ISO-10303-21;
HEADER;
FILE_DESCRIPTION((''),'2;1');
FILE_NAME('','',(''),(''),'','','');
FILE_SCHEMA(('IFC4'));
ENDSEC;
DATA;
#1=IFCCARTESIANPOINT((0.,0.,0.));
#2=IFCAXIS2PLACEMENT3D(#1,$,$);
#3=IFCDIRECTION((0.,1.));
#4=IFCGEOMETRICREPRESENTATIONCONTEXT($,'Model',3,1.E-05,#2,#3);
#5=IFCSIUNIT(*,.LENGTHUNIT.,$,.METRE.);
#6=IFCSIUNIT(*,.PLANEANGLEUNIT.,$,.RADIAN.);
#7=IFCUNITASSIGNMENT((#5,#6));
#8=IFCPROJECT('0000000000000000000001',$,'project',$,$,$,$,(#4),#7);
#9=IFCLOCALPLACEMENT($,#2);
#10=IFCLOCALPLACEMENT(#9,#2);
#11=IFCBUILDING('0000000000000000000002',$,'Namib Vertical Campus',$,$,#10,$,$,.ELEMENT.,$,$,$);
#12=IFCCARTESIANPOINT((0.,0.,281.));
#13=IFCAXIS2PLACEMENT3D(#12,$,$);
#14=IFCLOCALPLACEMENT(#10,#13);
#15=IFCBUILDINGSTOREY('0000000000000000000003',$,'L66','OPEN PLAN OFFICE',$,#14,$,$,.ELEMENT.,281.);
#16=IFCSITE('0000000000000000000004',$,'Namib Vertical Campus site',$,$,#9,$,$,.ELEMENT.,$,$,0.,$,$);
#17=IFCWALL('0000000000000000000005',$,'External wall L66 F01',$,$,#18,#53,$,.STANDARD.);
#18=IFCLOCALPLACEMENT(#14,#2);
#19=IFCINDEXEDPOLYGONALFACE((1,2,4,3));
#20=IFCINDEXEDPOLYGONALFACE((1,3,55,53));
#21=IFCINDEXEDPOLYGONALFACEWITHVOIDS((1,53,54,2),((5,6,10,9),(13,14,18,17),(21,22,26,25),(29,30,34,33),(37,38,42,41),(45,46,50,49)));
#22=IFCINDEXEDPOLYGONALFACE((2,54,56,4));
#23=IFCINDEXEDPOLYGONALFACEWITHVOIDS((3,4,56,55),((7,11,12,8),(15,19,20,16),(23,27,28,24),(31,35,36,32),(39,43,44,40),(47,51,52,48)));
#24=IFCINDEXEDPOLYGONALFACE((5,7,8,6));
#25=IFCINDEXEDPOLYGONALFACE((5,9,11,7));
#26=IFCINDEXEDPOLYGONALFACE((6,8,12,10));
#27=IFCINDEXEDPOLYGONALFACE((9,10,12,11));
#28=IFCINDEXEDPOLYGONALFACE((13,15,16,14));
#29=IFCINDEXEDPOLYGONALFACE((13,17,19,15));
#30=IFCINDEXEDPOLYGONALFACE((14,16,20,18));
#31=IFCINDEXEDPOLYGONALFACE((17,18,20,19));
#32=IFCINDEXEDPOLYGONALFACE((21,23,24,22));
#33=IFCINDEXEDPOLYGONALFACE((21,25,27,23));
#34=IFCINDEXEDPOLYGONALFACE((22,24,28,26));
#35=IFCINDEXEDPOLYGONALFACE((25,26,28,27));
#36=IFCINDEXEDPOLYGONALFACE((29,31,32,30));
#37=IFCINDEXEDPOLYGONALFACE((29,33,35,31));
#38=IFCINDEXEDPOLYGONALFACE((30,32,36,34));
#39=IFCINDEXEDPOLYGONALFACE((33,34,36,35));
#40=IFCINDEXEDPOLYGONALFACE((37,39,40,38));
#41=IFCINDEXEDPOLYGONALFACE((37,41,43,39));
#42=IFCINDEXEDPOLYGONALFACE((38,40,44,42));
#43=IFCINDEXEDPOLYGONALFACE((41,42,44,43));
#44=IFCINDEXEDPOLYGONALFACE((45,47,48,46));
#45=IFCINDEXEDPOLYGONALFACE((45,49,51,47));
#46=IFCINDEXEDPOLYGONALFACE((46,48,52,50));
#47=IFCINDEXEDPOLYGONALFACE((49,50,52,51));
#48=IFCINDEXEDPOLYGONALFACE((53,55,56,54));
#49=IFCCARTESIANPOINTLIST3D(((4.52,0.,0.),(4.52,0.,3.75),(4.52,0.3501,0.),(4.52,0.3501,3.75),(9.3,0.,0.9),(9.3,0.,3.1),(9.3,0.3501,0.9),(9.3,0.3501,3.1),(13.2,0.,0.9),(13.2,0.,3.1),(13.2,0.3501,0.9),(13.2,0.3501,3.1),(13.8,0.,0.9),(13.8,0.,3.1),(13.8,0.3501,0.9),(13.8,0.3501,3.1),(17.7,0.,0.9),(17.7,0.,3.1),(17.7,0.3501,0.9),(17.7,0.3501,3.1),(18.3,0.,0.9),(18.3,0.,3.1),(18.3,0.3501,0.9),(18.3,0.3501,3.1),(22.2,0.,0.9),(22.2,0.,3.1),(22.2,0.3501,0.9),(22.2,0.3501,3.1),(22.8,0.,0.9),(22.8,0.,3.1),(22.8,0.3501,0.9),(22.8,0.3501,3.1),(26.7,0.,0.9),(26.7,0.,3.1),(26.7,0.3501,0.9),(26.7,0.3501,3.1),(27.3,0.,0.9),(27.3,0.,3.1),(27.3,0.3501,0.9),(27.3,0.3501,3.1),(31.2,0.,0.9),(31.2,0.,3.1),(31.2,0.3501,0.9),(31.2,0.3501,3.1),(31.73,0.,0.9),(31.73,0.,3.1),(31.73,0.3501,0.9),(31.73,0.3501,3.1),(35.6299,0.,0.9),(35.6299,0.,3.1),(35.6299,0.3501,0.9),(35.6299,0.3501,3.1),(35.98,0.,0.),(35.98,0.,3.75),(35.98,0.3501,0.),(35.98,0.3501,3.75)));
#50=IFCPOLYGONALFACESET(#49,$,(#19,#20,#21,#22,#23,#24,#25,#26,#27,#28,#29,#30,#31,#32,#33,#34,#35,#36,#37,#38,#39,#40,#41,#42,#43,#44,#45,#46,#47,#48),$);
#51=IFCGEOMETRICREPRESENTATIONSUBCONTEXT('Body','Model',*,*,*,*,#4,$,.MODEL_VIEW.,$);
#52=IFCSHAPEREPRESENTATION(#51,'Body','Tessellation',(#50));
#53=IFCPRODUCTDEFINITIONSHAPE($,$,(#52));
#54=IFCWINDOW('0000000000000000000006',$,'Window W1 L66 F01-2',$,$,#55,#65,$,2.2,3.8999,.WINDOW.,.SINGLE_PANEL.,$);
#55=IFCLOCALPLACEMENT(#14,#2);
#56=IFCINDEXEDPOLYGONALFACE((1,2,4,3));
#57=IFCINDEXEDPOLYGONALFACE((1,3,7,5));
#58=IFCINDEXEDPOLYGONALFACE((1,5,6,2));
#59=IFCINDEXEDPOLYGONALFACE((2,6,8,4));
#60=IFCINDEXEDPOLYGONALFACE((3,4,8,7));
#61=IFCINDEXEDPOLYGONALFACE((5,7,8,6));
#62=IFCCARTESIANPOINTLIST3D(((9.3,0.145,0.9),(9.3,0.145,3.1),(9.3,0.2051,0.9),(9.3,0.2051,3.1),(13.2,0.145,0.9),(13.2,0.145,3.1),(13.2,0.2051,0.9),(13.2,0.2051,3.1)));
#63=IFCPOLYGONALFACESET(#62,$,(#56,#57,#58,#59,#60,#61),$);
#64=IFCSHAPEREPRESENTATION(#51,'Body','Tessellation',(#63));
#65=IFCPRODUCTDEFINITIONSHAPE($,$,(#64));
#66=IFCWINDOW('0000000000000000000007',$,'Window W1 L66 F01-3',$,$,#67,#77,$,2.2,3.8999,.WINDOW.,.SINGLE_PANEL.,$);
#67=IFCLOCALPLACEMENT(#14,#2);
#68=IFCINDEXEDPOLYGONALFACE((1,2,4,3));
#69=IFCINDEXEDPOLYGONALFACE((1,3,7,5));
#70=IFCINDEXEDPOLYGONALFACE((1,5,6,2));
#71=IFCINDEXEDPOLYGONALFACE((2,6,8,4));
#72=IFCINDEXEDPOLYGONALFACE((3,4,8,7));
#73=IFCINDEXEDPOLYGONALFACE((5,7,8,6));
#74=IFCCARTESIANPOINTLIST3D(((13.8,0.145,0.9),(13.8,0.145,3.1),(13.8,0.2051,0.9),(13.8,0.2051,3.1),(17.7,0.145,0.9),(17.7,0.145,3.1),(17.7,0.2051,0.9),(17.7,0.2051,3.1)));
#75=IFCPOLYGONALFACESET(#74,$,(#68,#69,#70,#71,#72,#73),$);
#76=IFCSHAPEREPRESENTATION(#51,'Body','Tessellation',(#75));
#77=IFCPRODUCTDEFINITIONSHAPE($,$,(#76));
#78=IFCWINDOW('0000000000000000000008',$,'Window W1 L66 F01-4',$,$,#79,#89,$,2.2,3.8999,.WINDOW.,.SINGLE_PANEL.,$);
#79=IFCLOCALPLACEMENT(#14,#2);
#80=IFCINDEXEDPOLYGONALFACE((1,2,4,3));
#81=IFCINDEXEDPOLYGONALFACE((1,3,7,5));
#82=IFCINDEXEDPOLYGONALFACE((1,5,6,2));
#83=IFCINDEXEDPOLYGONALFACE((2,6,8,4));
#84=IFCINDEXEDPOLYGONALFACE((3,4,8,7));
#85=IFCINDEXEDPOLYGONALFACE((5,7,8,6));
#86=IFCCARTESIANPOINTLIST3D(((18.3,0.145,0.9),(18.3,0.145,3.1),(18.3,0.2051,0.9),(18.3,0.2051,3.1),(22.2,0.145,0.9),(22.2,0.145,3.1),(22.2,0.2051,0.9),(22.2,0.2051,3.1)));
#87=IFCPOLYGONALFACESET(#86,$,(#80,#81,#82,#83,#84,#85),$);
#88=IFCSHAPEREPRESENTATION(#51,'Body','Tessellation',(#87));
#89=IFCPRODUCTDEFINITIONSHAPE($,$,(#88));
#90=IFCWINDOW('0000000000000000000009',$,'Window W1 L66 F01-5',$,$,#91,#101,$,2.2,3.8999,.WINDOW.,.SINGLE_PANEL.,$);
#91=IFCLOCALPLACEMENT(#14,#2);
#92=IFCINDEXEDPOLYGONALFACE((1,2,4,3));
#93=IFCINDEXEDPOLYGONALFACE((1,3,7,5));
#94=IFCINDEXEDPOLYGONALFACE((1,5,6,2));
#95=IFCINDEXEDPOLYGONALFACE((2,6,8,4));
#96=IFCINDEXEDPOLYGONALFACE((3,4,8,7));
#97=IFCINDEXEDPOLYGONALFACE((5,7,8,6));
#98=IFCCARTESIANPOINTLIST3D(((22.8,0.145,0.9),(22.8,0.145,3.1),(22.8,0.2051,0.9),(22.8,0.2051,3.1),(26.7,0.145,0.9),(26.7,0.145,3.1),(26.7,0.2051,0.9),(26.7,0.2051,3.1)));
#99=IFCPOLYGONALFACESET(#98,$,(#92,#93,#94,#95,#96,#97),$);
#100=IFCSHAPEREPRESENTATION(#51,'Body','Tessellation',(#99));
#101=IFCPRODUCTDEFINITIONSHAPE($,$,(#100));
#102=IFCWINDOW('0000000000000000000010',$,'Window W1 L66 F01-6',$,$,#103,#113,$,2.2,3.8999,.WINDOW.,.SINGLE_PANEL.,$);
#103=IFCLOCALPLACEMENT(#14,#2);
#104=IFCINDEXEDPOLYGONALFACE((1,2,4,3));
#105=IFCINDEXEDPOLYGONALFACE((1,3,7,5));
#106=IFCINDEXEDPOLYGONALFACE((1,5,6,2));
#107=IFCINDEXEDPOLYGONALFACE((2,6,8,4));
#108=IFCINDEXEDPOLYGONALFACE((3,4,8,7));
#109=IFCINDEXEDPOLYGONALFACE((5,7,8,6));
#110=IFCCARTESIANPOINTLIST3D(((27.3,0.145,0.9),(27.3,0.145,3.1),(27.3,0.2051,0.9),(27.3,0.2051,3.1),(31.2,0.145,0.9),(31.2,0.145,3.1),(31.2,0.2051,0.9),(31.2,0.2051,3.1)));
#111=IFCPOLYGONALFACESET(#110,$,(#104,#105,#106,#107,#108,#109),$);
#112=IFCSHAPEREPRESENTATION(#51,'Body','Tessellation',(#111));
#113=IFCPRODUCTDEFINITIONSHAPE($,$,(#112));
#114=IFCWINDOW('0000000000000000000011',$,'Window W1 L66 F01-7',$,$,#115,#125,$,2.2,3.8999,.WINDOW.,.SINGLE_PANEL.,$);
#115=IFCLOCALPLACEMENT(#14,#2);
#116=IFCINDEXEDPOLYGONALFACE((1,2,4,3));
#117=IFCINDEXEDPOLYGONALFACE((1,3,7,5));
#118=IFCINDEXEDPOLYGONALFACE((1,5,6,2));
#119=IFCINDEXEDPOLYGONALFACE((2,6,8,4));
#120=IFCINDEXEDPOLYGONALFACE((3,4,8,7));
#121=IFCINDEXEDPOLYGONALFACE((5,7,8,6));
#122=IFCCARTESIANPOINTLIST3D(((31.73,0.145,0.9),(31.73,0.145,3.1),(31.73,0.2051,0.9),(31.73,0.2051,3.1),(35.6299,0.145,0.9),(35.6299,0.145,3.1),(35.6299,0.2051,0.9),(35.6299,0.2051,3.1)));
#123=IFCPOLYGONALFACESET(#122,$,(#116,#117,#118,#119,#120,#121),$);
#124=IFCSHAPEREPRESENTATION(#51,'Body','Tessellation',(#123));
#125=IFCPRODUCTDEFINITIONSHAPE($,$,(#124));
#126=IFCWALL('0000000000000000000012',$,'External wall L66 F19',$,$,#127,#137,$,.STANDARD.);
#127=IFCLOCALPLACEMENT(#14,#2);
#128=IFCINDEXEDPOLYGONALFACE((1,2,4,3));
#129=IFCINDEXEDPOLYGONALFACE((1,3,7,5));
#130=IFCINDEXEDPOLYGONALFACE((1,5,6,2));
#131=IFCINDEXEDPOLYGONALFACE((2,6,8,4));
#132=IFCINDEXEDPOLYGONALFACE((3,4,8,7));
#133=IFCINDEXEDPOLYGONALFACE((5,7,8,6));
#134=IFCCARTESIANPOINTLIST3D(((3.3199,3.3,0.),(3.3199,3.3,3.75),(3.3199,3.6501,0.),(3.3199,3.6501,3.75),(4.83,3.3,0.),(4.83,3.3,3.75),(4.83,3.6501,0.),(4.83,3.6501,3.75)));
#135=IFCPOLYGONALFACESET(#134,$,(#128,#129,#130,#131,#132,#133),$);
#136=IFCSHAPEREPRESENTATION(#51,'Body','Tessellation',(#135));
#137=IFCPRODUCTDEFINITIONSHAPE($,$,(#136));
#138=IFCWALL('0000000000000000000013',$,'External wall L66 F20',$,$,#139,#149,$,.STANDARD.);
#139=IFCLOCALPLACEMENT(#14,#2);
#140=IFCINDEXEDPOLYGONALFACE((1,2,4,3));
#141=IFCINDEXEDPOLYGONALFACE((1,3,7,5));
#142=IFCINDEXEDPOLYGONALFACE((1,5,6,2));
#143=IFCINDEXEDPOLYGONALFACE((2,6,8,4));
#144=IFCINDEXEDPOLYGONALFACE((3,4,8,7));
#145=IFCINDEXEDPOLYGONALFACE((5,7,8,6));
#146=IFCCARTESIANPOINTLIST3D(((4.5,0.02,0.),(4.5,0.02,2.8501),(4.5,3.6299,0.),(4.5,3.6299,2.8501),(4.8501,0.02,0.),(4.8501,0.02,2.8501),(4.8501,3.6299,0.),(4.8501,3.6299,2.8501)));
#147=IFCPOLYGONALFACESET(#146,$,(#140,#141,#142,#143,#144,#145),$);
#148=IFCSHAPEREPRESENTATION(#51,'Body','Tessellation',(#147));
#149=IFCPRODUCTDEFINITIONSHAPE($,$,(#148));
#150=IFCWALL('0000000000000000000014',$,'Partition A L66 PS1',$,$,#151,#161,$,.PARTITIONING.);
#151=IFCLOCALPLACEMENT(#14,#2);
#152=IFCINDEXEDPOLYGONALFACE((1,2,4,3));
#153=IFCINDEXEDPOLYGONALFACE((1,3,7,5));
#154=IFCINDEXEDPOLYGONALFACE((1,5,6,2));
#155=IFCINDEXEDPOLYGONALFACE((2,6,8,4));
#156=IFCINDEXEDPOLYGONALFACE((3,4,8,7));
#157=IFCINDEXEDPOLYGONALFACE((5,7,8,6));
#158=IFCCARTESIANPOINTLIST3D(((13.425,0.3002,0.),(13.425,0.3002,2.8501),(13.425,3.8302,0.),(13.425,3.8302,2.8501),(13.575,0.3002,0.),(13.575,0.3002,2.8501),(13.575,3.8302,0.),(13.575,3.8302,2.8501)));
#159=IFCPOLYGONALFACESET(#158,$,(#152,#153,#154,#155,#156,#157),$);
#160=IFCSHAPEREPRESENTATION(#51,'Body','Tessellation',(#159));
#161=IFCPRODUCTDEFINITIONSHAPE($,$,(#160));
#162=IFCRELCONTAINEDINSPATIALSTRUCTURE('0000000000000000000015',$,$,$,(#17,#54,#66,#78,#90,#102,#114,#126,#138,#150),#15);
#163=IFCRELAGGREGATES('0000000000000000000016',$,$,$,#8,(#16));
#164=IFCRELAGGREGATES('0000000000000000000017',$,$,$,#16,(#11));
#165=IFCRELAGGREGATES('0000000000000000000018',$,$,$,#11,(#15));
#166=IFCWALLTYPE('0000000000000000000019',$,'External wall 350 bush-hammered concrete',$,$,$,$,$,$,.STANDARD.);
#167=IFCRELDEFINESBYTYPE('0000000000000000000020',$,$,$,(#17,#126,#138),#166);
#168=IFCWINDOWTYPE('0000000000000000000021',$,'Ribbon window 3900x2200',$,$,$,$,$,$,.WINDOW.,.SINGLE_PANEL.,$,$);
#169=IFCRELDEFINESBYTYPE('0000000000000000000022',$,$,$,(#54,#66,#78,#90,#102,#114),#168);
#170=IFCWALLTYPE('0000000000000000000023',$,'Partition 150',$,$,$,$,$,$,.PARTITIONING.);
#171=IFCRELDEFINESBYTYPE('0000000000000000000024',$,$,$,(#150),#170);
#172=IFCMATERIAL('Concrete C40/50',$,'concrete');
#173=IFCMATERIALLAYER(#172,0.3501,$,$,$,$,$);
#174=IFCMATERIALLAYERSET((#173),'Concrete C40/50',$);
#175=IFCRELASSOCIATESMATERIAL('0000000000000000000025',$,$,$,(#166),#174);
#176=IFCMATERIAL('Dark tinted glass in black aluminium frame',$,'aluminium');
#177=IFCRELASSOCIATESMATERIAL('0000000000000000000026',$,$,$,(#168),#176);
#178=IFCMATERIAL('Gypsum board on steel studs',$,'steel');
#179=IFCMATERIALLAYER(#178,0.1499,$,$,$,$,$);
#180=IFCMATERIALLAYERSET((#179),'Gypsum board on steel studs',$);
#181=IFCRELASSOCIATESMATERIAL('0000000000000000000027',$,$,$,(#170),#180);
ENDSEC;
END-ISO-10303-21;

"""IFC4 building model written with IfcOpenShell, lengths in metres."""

from ifc_helpers import new_model, si_unit, direction, frame, frame_2d, origin, place, context, subcontext, project, spatial, rectangle, extrude, material, layer, layer_set, type_object, element, fill, save


model = new_model("IFC4")

# Units and contexts
model_context = context("Model", 3, precision=1e-05, world=origin(), true_north=direction((0.0, 1.0)))
body_context = subcontext(model_context, "Body", "Model", "MODEL_VIEW")
ifc_project = project(units=[si_unit("LENGTHUNIT", "METRE"), si_unit("PLANEANGLEUNIT", "RADIAN")], contexts=[model_context])

# Site, building, storey
site_placement = place(None, origin())
site = spatial("IfcSite", under=ifc_project, at=site_placement, Name="Namib Vertical Campus site", CompositionType="ELEMENT", RefElevation=0.0)
building_placement = place(site_placement, origin())
building = spatial("IfcBuilding", under=site, at=building_placement, Name="Namib Vertical Campus", CompositionType="ELEMENT")
storey_placement = place(building_placement, frame((0.0, 0.0, 281.0)))
storey = spatial("IfcBuildingStorey", under=building, at=storey_placement, Name="L66", Description="OPEN PLAN OFFICE", CompositionType="ELEMENT", Elevation=281.0)

# Wall, openings, windows
ifc_material_1 = material(Name="Concrete C40/50", Category="concrete")
ifc_layer_1 = layer(ifc_material_1, 0.3501)
ifc_layer_set_1 = layer_set([ifc_layer_1], Name="Concrete C40/50")
wall_type_1 = type_object("IfcWallType", Name="External wall 350 bush-hammered concrete", PredefinedType="STANDARD", material=ifc_layer_set_1)
wall_1_placement = place(storey_placement, frame((4.52, 0.175, 0.0), z_axis=(0.0, 0.0, 1.0), x_axis=(1.0, 0.0, 0.0)))
wall_1 = element("IfcWall", 1, at=wall_1_placement, inside=storey, type_object=wall_type_1, Name="External wall L66 F01", PredefinedType="STANDARD", context=body_context, shape_type="SweptSolid", body=[
    extrude(rectangle(XDim=31.46, YDim=0.3501, at=frame_2d((15.73, 0.0))), origin(), (0.0, 0.0, 1.0), 3.75),
])
opening_1_placement = place(wall_1_placement, frame((4.78, 0.0, 0.8999)))
opening_1 = element("IfcOpeningElement", 2, at=opening_1_placement, cuts=wall_1, PredefinedType="OPENING", context=body_context, shape_type="SweptSolid", body=[
    extrude(rectangle(XDim=3.8999, YDim=2.2, at=frame_2d((1.95, 1.1001))), frame((0.0, 0.1851, 0.0), z_axis=(0.0, -1.0, 0.0), x_axis=(1.0, 0.0, 0.0)), (0.0, 0.0, 1.0), 0.3701),
])
opening_2_placement = place(wall_1_placement, frame((9.28, 0.0, 0.8999)))
opening_2 = element("IfcOpeningElement", 3, at=opening_2_placement, cuts=wall_1, PredefinedType="OPENING", context=body_context, shape_type="SweptSolid", body=[
    extrude(rectangle(XDim=3.8999, YDim=2.2, at=frame_2d((1.95, 1.1001))), frame((0.0, 0.1851, 0.0), z_axis=(0.0, -1.0, 0.0), x_axis=(1.0, 0.0, 0.0)), (0.0, 0.0, 1.0), 0.3701),
])
opening_3_placement = place(wall_1_placement, frame((13.78, 0.0, 0.8999)))
opening_3 = element("IfcOpeningElement", 4, at=opening_3_placement, cuts=wall_1, PredefinedType="OPENING", context=body_context, shape_type="SweptSolid", body=[
    extrude(rectangle(XDim=3.8999, YDim=2.2, at=frame_2d((1.95, 1.1001))), frame((0.0, 0.1851, 0.0), z_axis=(0.0, -1.0, 0.0), x_axis=(1.0, 0.0, 0.0)), (0.0, 0.0, 1.0), 0.3701),
])
opening_4_placement = place(wall_1_placement, frame((18.28, 0.0, 0.8999)))
opening_4 = element("IfcOpeningElement", 5, at=opening_4_placement, cuts=wall_1, PredefinedType="OPENING", context=body_context, shape_type="SweptSolid", body=[
    extrude(rectangle(XDim=3.8999, YDim=2.2, at=frame_2d((1.95, 1.1001))), frame((0.0, 0.1851, 0.0), z_axis=(0.0, -1.0, 0.0), x_axis=(1.0, 0.0, 0.0)), (0.0, 0.0, 1.0), 0.3701),
])
opening_5_placement = place(wall_1_placement, frame((22.78, 0.0, 0.8999)))
opening_5 = element("IfcOpeningElement", 6, at=opening_5_placement, cuts=wall_1, PredefinedType="OPENING", context=body_context, shape_type="SweptSolid", body=[
    extrude(rectangle(XDim=3.8999, YDim=2.2, at=frame_2d((1.95, 1.1001))), frame((0.0, 0.1851, 0.0), z_axis=(0.0, -1.0, 0.0), x_axis=(1.0, 0.0, 0.0)), (0.0, 0.0, 1.0), 0.3701),
])
opening_6_placement = place(wall_1_placement, frame((27.21, 0.0, 0.8999)))
opening_6 = element("IfcOpeningElement", 7, at=opening_6_placement, cuts=wall_1, PredefinedType="OPENING", context=body_context, shape_type="SweptSolid", body=[
    extrude(rectangle(XDim=3.8999, YDim=2.2, at=frame_2d((1.95, 1.1001))), frame((0.0, 0.1851, 0.0), z_axis=(0.0, -1.0, 0.0), x_axis=(1.0, 0.0, 0.0)), (0.0, 0.0, 1.0), 0.3701),
])
ifc_material_2 = material(Name="Dark tinted glass in black aluminium frame", Category="aluminium")
window_type = type_object("IfcWindowType", Name="Ribbon window 3900x2200", PartitioningType="SINGLE_PANEL", PredefinedType="WINDOW", material=ifc_material_2)
window_1_placement = place(opening_1_placement, origin())
window_1 = element("IfcWindow", 8, at=window_1_placement, inside=storey, type_object=window_type, Name="Window W1 L66 F01-2", OverallHeight=2.2, OverallWidth=3.8999, PartitioningType="SINGLE_PANEL", PredefinedType="WINDOW", context=body_context, shape_type="SweptSolid", body=[
    extrude(rectangle(XDim=3.8999, YDim=2.2, at=frame_2d((1.95, 1.1001))), frame((0.0, 0.03, 0.0), z_axis=(0.0, -1.0, 0.0), x_axis=(1.0, 0.0, 0.0)), (0.0, 0.0, 1.0), 0.0601),
])
fill(opening_1, window_1)
window_2_placement = place(opening_2_placement, origin())
window_2 = element("IfcWindow", 9, at=window_2_placement, inside=storey, type_object=window_type, Name="Window W1 L66 F01-3", OverallHeight=2.2, OverallWidth=3.8999, PartitioningType="SINGLE_PANEL", PredefinedType="WINDOW", context=body_context, shape_type="SweptSolid", body=[
    extrude(rectangle(XDim=3.8999, YDim=2.2, at=frame_2d((1.95, 1.1001))), frame((0.0, 0.03, 0.0), z_axis=(0.0, -1.0, 0.0), x_axis=(1.0, 0.0, 0.0)), (0.0, 0.0, 1.0), 0.0601),
])
fill(opening_2, window_2)
window_3_placement = place(opening_3_placement, origin())
window_3 = element("IfcWindow", 10, at=window_3_placement, inside=storey, type_object=window_type, Name="Window W1 L66 F01-4", OverallHeight=2.2, OverallWidth=3.8999, PartitioningType="SINGLE_PANEL", PredefinedType="WINDOW", context=body_context, shape_type="SweptSolid", body=[
    extrude(rectangle(XDim=3.8999, YDim=2.2, at=frame_2d((1.95, 1.1001))), frame((0.0, 0.03, 0.0), z_axis=(0.0, -1.0, 0.0), x_axis=(1.0, 0.0, 0.0)), (0.0, 0.0, 1.0), 0.0601),
])
fill(opening_3, window_3)
window_4_placement = place(opening_4_placement, origin())
window_4 = element("IfcWindow", 11, at=window_4_placement, inside=storey, type_object=window_type, Name="Window W1 L66 F01-5", OverallHeight=2.2, OverallWidth=3.8999, PartitioningType="SINGLE_PANEL", PredefinedType="WINDOW", context=body_context, shape_type="SweptSolid", body=[
    extrude(rectangle(XDim=3.8999, YDim=2.2, at=frame_2d((1.95, 1.1001))), frame((0.0, 0.03, 0.0), z_axis=(0.0, -1.0, 0.0), x_axis=(1.0, 0.0, 0.0)), (0.0, 0.0, 1.0), 0.0601),
])
fill(opening_4, window_4)
window_5_placement = place(opening_5_placement, origin())
window_5 = element("IfcWindow", 12, at=window_5_placement, inside=storey, type_object=window_type, Name="Window W1 L66 F01-6", OverallHeight=2.2, OverallWidth=3.8999, PartitioningType="SINGLE_PANEL", PredefinedType="WINDOW", context=body_context, shape_type="SweptSolid", body=[
    extrude(rectangle(XDim=3.8999, YDim=2.2, at=frame_2d((1.95, 1.1001))), frame((0.0, 0.03, 0.0), z_axis=(0.0, -1.0, 0.0), x_axis=(1.0, 0.0, 0.0)), (0.0, 0.0, 1.0), 0.0601),
])
fill(opening_5, window_5)
window_6_placement = place(opening_6_placement, origin())
window_6 = element("IfcWindow", 13, at=window_6_placement, inside=storey, type_object=window_type, Name="Window W1 L66 F01-7", OverallHeight=2.2, OverallWidth=3.8999, PartitioningType="SINGLE_PANEL", PredefinedType="WINDOW", context=body_context, shape_type="SweptSolid", body=[
    extrude(rectangle(XDim=3.8999, YDim=2.2, at=frame_2d((1.95, 1.1001))), frame((0.0, 0.03, 0.0), z_axis=(0.0, -1.0, 0.0), x_axis=(1.0, 0.0, 0.0)), (0.0, 0.0, 1.0), 0.0601),
])
fill(opening_6, window_6)

# Walls
wall_2_placement = place(storey_placement, frame((3.3201, 3.4751, 0.0), z_axis=(0.0, 0.0, 1.0), x_axis=(1.0, 0.0, 0.0)))
element("IfcWall", 14, at=wall_2_placement, inside=storey, type_object=wall_type_1, Name="External wall L66 F19", PredefinedType="STANDARD", context=body_context, shape_type="SweptSolid", body=[
    extrude(rectangle(XDim=1.51, YDim=0.3501, at=frame_2d((0.7549, 0.0))), origin(), (0.0, 0.0, 1.0), 3.75),
])
wall_3_placement = place(storey_placement, frame((4.675, 3.6299, 0.0), z_axis=(0.0, 0.0, 1.0), x_axis=(0.0, -1.0, 0.0)))
element("IfcWall", 15, at=wall_3_placement, inside=storey, type_object=wall_type_1, Name="External wall L66 F20", PredefinedType="STANDARD", context=body_context, shape_type="SweptSolid", body=[
    extrude(rectangle(XDim=3.6099, YDim=0.3501, at=frame_2d((1.8049, 0.0))), origin(), (0.0, 0.0, 1.0), 2.8501),
])
ifc_material_3 = material(Name="Gypsum board on steel studs", Category="steel")
ifc_layer_2 = layer(ifc_material_3, 0.1499)
ifc_layer_set_2 = layer_set([ifc_layer_2], Name="Gypsum board on steel studs")
wall_type_2 = type_object("IfcWallType", Name="Partition 150", PredefinedType="PARTITIONING", material=ifc_layer_set_2)
wall_4_placement = place(storey_placement, frame((13.5, 0.3, 0.0), z_axis=(0.0, 0.0, 1.0), x_axis=(0.0, 1.0, 0.0)))
element("IfcWall", 16, at=wall_4_placement, inside=storey, type_object=wall_type_2, Name="Partition A L66 PS1", PredefinedType="PARTITIONING", context=body_context, shape_type="SweptSolid", body=[
    extrude(rectangle(XDim=3.53, YDim=0.1499, at=frame_2d((1.7651, 0.0))), origin(), (0.0, 0.0, 1.0), 2.8501),
])

save(model, "model.ifc")
